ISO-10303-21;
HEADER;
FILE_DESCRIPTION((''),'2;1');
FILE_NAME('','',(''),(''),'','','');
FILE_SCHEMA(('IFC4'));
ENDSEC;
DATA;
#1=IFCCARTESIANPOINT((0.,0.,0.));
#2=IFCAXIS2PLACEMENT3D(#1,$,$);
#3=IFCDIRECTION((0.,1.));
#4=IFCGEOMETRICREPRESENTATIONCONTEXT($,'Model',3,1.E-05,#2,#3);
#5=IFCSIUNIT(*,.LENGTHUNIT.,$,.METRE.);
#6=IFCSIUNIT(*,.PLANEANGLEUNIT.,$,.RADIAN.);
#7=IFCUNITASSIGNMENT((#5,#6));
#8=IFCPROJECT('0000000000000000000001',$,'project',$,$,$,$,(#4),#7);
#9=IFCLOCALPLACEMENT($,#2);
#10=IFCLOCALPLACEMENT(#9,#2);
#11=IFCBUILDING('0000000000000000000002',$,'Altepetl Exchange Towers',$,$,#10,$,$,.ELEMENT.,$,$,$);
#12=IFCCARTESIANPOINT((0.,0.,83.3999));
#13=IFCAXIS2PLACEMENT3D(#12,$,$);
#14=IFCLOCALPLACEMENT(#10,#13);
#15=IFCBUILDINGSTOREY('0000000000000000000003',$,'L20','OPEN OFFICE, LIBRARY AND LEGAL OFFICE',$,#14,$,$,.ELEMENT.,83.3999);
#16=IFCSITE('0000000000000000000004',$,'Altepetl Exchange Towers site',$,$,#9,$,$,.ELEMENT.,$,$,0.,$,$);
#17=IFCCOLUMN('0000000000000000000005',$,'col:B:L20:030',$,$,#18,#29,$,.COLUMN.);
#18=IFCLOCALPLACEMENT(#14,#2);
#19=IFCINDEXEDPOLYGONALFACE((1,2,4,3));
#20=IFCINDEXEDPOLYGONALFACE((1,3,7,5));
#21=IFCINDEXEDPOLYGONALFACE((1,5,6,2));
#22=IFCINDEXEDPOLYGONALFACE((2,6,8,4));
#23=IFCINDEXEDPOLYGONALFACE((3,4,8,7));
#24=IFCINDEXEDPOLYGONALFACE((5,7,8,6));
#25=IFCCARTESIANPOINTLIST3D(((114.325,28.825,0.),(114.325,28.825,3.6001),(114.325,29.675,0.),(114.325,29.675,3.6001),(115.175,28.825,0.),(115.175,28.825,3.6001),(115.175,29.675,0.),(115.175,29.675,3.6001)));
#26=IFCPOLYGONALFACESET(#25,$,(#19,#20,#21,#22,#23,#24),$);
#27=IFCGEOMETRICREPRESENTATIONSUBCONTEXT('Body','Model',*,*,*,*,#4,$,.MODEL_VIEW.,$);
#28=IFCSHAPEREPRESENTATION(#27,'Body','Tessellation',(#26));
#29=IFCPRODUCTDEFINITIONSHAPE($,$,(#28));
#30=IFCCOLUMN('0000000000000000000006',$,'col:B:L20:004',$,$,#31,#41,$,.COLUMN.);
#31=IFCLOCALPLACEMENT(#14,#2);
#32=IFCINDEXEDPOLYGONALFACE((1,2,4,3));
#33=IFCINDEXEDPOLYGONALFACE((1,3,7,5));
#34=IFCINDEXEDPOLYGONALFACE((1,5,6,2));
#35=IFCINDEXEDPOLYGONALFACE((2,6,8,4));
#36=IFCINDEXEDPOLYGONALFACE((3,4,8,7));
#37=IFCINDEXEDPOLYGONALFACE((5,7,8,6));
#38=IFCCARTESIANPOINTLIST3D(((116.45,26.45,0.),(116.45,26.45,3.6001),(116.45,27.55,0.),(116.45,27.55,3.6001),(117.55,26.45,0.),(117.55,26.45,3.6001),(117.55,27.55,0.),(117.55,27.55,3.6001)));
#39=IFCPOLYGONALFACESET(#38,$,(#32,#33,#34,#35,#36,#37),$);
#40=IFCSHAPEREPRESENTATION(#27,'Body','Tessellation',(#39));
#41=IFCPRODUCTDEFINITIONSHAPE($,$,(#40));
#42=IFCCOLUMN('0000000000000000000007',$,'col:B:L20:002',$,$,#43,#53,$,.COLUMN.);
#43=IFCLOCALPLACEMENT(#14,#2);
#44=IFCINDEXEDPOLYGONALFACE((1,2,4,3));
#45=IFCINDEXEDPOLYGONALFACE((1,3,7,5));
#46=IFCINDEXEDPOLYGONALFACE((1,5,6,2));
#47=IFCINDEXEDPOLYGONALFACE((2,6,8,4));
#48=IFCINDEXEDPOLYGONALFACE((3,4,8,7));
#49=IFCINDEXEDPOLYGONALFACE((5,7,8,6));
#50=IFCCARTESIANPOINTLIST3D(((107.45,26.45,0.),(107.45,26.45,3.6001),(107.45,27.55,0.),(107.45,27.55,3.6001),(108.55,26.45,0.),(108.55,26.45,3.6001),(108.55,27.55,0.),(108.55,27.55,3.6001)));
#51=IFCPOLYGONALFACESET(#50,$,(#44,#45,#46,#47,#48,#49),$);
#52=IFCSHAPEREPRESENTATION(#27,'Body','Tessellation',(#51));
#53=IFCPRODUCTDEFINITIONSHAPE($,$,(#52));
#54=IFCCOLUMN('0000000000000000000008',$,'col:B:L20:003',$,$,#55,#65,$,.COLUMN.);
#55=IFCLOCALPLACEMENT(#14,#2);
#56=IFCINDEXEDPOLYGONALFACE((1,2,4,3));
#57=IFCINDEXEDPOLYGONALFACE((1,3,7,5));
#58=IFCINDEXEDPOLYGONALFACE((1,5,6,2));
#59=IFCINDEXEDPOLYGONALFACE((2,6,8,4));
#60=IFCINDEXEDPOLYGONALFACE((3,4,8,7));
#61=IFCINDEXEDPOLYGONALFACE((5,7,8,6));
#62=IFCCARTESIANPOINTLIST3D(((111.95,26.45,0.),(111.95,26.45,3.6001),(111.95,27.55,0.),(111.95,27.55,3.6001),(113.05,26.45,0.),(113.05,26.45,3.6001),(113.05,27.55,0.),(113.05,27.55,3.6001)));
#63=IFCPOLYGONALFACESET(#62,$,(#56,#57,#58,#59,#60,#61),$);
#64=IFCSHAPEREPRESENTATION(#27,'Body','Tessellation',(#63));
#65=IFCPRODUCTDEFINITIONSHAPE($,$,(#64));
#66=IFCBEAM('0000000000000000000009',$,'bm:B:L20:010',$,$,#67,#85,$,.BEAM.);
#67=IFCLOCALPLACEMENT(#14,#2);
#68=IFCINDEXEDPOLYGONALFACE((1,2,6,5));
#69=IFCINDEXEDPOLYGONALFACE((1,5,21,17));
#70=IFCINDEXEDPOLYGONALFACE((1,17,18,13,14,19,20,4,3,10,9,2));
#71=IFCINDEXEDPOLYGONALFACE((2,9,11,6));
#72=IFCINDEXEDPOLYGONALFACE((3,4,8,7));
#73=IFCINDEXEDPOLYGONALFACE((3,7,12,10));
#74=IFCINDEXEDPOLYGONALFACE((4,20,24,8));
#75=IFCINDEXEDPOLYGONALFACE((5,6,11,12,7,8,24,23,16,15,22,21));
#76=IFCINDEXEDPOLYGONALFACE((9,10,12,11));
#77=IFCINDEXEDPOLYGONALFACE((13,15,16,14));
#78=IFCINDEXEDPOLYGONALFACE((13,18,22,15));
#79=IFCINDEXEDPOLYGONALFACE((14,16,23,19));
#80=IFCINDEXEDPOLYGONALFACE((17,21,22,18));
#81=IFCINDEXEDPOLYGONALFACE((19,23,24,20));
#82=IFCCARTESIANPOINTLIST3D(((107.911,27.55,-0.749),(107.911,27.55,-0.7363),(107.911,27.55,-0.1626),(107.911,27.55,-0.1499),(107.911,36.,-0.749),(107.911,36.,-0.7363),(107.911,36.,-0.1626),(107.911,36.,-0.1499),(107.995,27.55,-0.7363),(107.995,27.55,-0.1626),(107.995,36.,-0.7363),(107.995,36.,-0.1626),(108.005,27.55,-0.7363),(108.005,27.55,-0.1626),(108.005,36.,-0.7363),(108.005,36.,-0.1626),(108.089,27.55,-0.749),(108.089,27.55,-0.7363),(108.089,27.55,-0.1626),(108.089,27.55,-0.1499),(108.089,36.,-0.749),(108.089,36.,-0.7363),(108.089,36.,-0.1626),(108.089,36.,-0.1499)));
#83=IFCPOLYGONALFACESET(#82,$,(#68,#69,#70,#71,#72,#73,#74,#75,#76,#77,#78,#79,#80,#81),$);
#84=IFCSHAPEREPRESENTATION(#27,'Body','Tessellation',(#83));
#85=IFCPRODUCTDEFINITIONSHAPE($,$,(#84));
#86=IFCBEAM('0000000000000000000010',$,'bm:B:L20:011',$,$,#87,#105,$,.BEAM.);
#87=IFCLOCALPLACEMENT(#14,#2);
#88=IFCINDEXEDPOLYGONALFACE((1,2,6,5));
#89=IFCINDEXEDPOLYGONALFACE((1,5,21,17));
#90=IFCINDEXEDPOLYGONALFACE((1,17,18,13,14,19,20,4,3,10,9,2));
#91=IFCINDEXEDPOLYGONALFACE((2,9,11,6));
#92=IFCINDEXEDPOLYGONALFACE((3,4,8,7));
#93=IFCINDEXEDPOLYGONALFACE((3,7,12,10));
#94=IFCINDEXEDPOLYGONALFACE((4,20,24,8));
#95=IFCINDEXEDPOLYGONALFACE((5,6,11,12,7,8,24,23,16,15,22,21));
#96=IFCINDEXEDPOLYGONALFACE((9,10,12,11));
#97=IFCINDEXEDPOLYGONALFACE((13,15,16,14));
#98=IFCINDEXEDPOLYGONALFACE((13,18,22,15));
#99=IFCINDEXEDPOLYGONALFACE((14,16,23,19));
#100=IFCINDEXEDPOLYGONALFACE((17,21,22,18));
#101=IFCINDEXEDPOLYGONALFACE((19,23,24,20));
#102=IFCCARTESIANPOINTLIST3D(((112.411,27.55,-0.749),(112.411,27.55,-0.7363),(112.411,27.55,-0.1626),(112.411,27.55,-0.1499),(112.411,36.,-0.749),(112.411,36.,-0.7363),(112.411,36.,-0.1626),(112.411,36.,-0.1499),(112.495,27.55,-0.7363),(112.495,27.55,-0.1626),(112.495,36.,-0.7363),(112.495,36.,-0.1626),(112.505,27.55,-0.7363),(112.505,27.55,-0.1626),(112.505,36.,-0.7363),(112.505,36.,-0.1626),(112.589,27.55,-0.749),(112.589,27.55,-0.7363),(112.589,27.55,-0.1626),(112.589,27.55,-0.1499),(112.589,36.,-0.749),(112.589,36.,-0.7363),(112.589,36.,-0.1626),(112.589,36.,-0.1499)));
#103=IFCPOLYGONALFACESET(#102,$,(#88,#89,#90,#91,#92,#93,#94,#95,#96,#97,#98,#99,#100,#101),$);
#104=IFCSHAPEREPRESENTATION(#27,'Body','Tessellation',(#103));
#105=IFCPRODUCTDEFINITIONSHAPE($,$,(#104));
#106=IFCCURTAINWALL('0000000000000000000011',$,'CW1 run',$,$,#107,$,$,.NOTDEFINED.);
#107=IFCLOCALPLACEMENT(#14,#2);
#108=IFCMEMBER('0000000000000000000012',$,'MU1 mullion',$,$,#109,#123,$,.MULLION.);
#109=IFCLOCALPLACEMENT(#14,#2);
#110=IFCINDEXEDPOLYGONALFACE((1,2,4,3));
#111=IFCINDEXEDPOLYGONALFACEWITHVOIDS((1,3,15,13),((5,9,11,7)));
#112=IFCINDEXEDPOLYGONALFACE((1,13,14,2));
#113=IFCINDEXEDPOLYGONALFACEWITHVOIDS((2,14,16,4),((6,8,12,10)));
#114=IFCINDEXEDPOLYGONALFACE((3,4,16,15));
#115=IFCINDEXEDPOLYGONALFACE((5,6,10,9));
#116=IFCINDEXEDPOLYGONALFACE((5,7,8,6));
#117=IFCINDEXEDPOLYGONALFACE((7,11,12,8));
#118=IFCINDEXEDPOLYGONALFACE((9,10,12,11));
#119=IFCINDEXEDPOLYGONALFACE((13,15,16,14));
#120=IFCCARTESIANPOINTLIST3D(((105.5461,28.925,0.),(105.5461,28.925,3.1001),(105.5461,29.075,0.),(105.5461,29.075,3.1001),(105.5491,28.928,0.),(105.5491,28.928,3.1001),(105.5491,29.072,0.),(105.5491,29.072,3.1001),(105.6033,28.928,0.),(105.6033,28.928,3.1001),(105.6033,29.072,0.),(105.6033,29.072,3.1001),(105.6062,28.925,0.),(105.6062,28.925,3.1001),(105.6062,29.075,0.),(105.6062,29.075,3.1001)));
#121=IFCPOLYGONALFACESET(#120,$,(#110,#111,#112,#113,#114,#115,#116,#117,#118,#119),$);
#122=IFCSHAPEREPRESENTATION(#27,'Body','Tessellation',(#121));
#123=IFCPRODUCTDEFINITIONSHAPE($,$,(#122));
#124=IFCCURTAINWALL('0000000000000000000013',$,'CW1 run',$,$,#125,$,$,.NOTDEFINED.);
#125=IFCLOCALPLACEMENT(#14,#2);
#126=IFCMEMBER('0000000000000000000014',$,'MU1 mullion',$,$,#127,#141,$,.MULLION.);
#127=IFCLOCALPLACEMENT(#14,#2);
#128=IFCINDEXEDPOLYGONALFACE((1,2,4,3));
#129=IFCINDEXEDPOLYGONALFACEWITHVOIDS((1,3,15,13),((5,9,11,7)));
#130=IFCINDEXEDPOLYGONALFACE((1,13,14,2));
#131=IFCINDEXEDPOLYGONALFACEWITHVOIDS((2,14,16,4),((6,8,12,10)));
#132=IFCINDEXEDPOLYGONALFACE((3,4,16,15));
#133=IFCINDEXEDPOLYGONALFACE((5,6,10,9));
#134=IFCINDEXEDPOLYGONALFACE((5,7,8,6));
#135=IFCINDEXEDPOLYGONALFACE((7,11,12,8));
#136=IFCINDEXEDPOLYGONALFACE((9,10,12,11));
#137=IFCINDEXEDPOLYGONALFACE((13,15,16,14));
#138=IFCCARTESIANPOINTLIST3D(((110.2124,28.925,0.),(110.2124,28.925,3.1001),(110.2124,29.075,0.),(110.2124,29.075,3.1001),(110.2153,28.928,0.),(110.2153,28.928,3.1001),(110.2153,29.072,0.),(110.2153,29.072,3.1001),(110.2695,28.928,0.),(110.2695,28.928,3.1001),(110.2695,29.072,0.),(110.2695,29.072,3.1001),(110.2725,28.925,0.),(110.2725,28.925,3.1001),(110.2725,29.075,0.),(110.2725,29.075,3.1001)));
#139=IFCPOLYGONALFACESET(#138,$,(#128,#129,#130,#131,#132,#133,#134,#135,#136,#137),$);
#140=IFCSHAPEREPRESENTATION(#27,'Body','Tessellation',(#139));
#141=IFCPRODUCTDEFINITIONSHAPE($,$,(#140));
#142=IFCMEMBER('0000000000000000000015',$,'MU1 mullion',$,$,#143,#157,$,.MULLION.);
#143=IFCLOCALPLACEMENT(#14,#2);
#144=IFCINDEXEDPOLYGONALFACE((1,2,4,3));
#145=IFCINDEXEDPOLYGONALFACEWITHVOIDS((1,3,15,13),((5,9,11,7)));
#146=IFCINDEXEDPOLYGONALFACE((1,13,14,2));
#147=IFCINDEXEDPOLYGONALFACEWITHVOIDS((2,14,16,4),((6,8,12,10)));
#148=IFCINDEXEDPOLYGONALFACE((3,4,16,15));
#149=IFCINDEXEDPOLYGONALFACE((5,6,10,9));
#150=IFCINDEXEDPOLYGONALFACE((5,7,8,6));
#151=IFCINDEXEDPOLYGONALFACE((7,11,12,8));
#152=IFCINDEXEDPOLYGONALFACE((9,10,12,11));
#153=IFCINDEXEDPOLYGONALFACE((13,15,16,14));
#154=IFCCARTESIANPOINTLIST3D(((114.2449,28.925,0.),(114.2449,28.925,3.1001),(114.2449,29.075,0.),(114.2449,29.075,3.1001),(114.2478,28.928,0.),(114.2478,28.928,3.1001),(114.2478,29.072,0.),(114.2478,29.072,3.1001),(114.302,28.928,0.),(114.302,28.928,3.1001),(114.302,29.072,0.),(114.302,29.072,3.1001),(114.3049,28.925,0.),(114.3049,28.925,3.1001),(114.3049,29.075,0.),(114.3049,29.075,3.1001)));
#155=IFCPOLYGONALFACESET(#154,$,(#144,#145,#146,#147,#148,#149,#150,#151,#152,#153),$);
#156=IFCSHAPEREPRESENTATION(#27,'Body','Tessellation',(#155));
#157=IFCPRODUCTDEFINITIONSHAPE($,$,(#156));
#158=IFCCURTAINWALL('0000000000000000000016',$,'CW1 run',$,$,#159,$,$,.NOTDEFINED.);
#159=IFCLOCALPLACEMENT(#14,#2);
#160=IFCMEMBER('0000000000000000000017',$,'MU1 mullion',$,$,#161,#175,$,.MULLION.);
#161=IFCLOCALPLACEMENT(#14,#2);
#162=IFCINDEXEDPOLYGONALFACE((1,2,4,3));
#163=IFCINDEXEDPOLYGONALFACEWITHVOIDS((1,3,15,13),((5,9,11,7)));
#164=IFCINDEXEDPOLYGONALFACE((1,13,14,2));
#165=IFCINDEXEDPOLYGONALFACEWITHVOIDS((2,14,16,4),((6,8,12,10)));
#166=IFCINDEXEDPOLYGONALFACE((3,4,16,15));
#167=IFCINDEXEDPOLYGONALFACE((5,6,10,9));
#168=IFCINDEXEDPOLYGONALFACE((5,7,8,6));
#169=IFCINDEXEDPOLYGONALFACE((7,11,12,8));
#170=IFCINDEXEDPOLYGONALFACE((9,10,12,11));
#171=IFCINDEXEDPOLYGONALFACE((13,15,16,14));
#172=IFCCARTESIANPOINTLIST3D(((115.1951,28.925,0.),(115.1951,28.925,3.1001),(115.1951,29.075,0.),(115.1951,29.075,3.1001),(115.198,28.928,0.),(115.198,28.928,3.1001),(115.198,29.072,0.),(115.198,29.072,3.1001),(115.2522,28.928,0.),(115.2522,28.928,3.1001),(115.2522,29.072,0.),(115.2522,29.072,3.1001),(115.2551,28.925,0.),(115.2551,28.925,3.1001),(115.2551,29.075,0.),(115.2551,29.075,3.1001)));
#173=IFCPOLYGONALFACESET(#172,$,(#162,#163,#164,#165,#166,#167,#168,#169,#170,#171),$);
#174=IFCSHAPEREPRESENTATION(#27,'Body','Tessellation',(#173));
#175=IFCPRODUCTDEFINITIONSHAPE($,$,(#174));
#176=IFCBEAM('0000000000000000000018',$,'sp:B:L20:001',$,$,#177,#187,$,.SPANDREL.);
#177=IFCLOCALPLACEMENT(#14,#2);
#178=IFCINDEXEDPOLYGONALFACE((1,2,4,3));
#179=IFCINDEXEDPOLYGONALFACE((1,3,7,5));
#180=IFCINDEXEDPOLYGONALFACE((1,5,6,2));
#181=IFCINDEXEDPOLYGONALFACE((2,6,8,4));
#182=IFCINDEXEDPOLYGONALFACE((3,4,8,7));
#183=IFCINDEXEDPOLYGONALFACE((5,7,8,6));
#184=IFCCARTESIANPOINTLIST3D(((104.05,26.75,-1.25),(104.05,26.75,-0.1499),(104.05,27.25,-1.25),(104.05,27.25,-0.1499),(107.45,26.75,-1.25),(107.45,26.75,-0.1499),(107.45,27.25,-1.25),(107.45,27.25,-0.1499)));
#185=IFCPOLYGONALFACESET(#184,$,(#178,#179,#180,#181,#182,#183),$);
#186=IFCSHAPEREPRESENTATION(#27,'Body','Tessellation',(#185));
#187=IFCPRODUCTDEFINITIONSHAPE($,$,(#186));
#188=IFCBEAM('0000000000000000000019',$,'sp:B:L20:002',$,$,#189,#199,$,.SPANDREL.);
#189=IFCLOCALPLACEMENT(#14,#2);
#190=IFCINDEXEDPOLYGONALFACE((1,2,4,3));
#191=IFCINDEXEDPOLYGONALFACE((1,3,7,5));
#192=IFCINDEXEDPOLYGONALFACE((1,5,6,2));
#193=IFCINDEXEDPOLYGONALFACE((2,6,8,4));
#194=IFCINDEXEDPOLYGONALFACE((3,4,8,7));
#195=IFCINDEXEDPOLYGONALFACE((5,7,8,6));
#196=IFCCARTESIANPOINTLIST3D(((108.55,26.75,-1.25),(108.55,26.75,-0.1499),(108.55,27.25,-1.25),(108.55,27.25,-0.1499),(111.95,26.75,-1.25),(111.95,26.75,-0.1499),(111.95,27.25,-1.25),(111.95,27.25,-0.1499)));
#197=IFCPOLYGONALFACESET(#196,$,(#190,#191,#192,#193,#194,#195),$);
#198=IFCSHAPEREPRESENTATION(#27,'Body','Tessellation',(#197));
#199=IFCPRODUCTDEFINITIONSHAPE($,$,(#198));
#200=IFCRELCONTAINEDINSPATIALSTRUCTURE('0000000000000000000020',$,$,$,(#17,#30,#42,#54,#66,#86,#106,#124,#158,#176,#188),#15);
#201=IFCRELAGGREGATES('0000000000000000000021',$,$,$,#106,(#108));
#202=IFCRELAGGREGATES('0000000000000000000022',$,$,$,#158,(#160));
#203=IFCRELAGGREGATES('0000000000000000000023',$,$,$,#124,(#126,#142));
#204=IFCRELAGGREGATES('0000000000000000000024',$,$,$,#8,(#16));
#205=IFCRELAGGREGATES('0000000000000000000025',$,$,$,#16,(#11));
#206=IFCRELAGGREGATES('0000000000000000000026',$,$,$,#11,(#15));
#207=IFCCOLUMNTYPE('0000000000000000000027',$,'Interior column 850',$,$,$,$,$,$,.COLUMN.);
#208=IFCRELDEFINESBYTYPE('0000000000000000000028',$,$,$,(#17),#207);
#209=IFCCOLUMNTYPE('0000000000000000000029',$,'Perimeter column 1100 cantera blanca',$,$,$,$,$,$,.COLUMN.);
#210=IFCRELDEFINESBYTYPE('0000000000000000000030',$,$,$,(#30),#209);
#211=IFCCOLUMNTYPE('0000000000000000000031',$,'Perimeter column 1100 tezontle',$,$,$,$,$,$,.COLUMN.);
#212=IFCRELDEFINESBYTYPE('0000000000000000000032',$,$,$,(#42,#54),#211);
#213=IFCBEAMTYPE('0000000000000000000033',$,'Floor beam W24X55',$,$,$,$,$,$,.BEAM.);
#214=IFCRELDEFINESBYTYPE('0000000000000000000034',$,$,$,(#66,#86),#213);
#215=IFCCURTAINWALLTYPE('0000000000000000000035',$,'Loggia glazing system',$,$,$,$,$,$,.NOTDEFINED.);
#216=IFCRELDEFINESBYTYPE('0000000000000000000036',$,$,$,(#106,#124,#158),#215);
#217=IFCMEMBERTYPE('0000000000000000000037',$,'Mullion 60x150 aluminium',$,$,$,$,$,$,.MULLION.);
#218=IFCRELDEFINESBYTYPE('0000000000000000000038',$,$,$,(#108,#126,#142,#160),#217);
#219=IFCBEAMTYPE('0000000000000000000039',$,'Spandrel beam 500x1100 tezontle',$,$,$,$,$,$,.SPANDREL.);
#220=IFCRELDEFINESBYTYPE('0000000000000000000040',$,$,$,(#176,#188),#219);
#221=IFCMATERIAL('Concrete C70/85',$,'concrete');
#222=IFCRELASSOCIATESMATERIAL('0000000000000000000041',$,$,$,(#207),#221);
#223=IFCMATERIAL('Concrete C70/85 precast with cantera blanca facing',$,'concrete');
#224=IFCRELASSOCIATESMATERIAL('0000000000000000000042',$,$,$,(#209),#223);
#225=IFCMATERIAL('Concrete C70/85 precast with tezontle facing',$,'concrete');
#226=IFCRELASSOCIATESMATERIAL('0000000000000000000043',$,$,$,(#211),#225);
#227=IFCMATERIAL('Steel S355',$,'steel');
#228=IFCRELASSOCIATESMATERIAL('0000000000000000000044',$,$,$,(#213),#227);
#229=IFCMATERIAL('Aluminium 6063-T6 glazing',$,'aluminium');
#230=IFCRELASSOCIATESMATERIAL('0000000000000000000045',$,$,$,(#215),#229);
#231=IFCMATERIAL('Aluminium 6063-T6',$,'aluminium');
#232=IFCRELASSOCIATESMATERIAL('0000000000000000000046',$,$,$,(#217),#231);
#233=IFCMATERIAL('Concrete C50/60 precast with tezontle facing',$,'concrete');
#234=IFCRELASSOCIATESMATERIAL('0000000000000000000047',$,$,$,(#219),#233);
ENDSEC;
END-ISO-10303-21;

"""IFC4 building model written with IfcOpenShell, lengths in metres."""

from ifc_helpers import new_model, si_unit, direction, frame, origin, origin_2d, place, context, subcontext, project, spatial, rectangle, hollow_rectangle, i_section, extrude, material, material_profile, profile_set, type_object, element, aggregate, save


model = new_model("IFC4")

# Units and contexts
model_context = context("Model", 3, precision=1e-05, world=origin(), true_north=direction((0.0, 1.0)))
body_context = subcontext(model_context, "Body", "Model", "MODEL_VIEW")
ifc_project = project(units=[si_unit("LENGTHUNIT", "METRE"), si_unit("PLANEANGLEUNIT", "RADIAN")], contexts=[model_context])

# Site, building, storey
site_placement = place(None, origin())
site = spatial("IfcSite", under=ifc_project, at=site_placement, Name="Altepetl Exchange Towers site", CompositionType="ELEMENT", RefElevation=0.0)
building_placement = place(site_placement, origin())
building = spatial("IfcBuilding", under=site, at=building_placement, Name="Altepetl Exchange Towers", CompositionType="ELEMENT")
storey_placement = place(building_placement, frame((0.0, 0.0, 83.3999)))
storey = spatial("IfcBuildingStorey", under=building, at=storey_placement, Name="L20", Description="OPEN OFFICE, LIBRARY AND LEGAL OFFICE", CompositionType="ELEMENT", Elevation=83.3999)

# Columns
ifc_material_1 = material(Name="Concrete C70/85", Category="concrete")
ifc_material_profile_1 = material_profile(ifc_material_1, rectangle(XDim=0.8501, YDim=0.8501, at=origin_2d()), Name="850 x 850")
ifc_profile_set_1 = profile_set([ifc_material_profile_1], Name="Concrete C70/85")
column_type_1 = type_object("IfcColumnType", Name="Interior column 850", PredefinedType="COLUMN", material=ifc_profile_set_1)
column_1_placement = place(storey_placement, frame((114.75, 29.25, 0.0)))
element("IfcColumn", 1, at=column_1_placement, inside=storey, type_object=column_type_1, Name="col:B:L20:030", PredefinedType="COLUMN", context=body_context, shape_type="SweptSolid", body=[
    extrude(rectangle(XDim=0.8501, YDim=0.8501, at=origin_2d()), origin(), (0.0, 0.0, 1.0), 3.6001),
])
ifc_material_2 = material(Name="Concrete C70/85 precast with cantera blanca facing", Category="concrete")
ifc_material_profile_2 = material_profile(ifc_material_2, rectangle(XDim=1.1001, YDim=1.1001, at=origin_2d()), Name="1100 x 1100")
ifc_profile_set_2 = profile_set([ifc_material_profile_2], Name="Concrete C70/85 precast with cantera blanca facing")
column_type_2 = type_object("IfcColumnType", Name="Perimeter column 1100 cantera blanca", PredefinedType="COLUMN", material=ifc_profile_set_2)
column_2_placement = place(storey_placement, frame((117.0, 27.0, 0.0)))
element("IfcColumn", 2, at=column_2_placement, inside=storey, type_object=column_type_2, Name="col:B:L20:004", PredefinedType="COLUMN", context=body_context, shape_type="SweptSolid", body=[
    extrude(rectangle(XDim=1.1001, YDim=1.1001, at=origin_2d()), origin(), (0.0, 0.0, 1.0), 3.6001),
])
ifc_material_3 = material(Name="Concrete C70/85 precast with tezontle facing", Category="concrete")
ifc_material_profile_3 = material_profile(ifc_material_3, rectangle(XDim=1.1001, YDim=1.1001, at=origin_2d()), Name="1100 x 1100")
ifc_profile_set_3 = profile_set([ifc_material_profile_3], Name="Concrete C70/85 precast with tezontle facing")
column_type_3 = type_object("IfcColumnType", Name="Perimeter column 1100 tezontle", PredefinedType="COLUMN", material=ifc_profile_set_3)
for number, where, name in (
    (3, (108.0, 27.0, 0.0), "col:B:L20:002"),
    (4, (112.5, 27.0, 0.0), "col:B:L20:003"),
):
    element("IfcColumn", number, at=place(storey_placement, frame(where)), inside=storey, type_object=column_type_3, Name=name, PredefinedType="COLUMN", context=body_context, shape_type="SweptSolid", body=[
        extrude(rectangle(XDim=1.1001, YDim=1.1001, at=origin_2d()), origin(), (0.0, 0.0, 1.0), 3.6001),
    ])

# Beams
ifc_material_4 = material(Name="Steel S355", Category="steel")
ifc_material_profile_4 = material_profile(ifc_material_4, i_section(OverallWidth=0.178, OverallDepth=0.5991, WebThickness=0.01, FlangeThickness=0.0127, at=origin_2d()), Name="W24X55")
ifc_profile_set_4 = profile_set([ifc_material_profile_4], Name="Steel S355")
beam_type_1 = type_object("IfcBeamType", Name="Floor beam W24X55", PredefinedType="BEAM", material=ifc_profile_set_4)
for number, where, z_axis, x_axis, name in (
    (5, (108.0, 27.55, -0.4495), (0.0, 1.0, 0.0), (-1.0, 0.0, 0.0), "bm:B:L20:010"),
    (6, (112.5, 27.55, -0.4495), (0.0, 1.0, 0.0), (-1.0, 0.0, 0.0), "bm:B:L20:011"),
):
    element("IfcBeam", number, at=place(storey_placement, frame(where, z_axis=z_axis, x_axis=x_axis)), inside=storey, type_object=beam_type_1, Name=name, PredefinedType="BEAM", context=body_context, shape_type="SweptSolid", body=[
        extrude(i_section(OverallWidth=0.178, OverallDepth=0.5991, WebThickness=0.01, FlangeThickness=0.0127, at=origin_2d()), origin(), (0.0, 0.0, 1.0), 8.45),
    ])

# Curtain wall, member
ifc_material_5 = material(Name="Aluminium 6063-T6 glazing", Category="aluminium")
curtain_wall_type = type_object("IfcCurtainWallType", Name="Loggia glazing system", PredefinedType="NOTDEFINED", material=ifc_material_5)
curtain_wall_1_placement = place(storey_placement, origin())
curtain_wall_1 = element("IfcCurtainWall", 7, at=curtain_wall_1_placement, inside=storey, type_object=curtain_wall_type, Name="CW1 run", PredefinedType="NOTDEFINED")
ifc_material_6 = material(Name="Aluminium 6063-T6", Category="aluminium")
ifc_material_profile_5 = material_profile(ifc_material_6, hollow_rectangle(XDim=0.0601, YDim=0.1499, WallThickness=0.0029, at=origin_2d()), Name="Mullion 60x150 aluminium")
ifc_profile_set_5 = profile_set([ifc_material_profile_5], Name="Aluminium 6063-T6")
member_type = type_object("IfcMemberType", Name="Mullion 60x150 aluminium", PredefinedType="MULLION", material=ifc_profile_set_5)
member_1_placement = place(storey_placement, frame((105.5762, 29.0, 0.0)))
member_1 = element("IfcMember", 8, at=member_1_placement, type_object=member_type, Name="MU1 mullion", PredefinedType="MULLION", context=body_context, shape_type="SweptSolid", body=[
    extrude(hollow_rectangle(XDim=0.0601, YDim=0.1499, WallThickness=0.0029, at=origin_2d()), origin(), (0.0, 0.0, 1.0), 3.1001),
])
aggregate(curtain_wall_1, [member_1])

# Curtain wall, members
curtain_wall_2_placement = place(storey_placement, origin())
curtain_wall_2 = element("IfcCurtainWall", 9, at=curtain_wall_2_placement, inside=storey, type_object=curtain_wall_type, Name="CW1 run", PredefinedType="NOTDEFINED")
member_2_placement = place(storey_placement, frame((110.2424, 29.0, 0.0)))
member_2 = element("IfcMember", 10, at=member_2_placement, type_object=member_type, Name="MU1 mullion", PredefinedType="MULLION", context=body_context, shape_type="SweptSolid", body=[
    extrude(hollow_rectangle(XDim=0.0601, YDim=0.1499, WallThickness=0.0029, at=origin_2d()), origin(), (0.0, 0.0, 1.0), 3.1001),
])
member_3_placement = place(storey_placement, frame((114.2749, 29.0, 0.0)))
member_3 = element("IfcMember", 11, at=member_3_placement, type_object=member_type, Name="MU1 mullion", PredefinedType="MULLION", context=body_context, shape_type="SweptSolid", body=[
    extrude(hollow_rectangle(XDim=0.0601, YDim=0.1499, WallThickness=0.0029, at=origin_2d()), origin(), (0.0, 0.0, 1.0), 3.1001),
])

# Curtain wall, member
curtain_wall_3_placement = place(storey_placement, origin())
curtain_wall_3 = element("IfcCurtainWall", 12, at=curtain_wall_3_placement, inside=storey, type_object=curtain_wall_type, Name="CW1 run", PredefinedType="NOTDEFINED")
member_4_placement = place(storey_placement, frame((115.2251, 29.0, 0.0)))
member_4 = element("IfcMember", 13, at=member_4_placement, type_object=member_type, Name="MU1 mullion", PredefinedType="MULLION", context=body_context, shape_type="SweptSolid", body=[
    extrude(hollow_rectangle(XDim=0.0601, YDim=0.1499, WallThickness=0.0029, at=origin_2d()), origin(), (0.0, 0.0, 1.0), 3.1001),
])
aggregate(curtain_wall_3, [member_4])

# Beams
ifc_material_7 = material(Name="Concrete C50/60 precast with tezontle facing", Category="concrete")
ifc_material_profile_6 = material_profile(ifc_material_7, rectangle(XDim=0.5, YDim=1.1001, at=origin_2d()), Name="500 x 1100")
ifc_profile_set_6 = profile_set([ifc_material_profile_6], Name="Concrete C50/60 precast with tezontle facing")
beam_type_2 = type_object("IfcBeamType", Name="Spandrel beam 500x1100 tezontle", PredefinedType="SPANDREL", material=ifc_profile_set_6)
for number, where, z_axis, x_axis, name in (
    (14, (104.05, 27.0, -0.7), (1.0, 0.0, 0.0), (0.0, 1.0, 0.0), "sp:B:L20:001"),
    (15, (108.55, 27.0, -0.7), (1.0, 0.0, 0.0), (0.0, 1.0, 0.0), "sp:B:L20:002"),
):
    element("IfcBeam", number, at=place(storey_placement, frame(where, z_axis=z_axis, x_axis=x_axis)), inside=storey, type_object=beam_type_2, Name=name, PredefinedType="SPANDREL", context=body_context, shape_type="SweptSolid", body=[
        extrude(rectangle(XDim=0.5, YDim=1.1001, at=origin_2d()), origin(), (0.0, 0.0, 1.0), 3.3999),
    ])

aggregate(curtain_wall_2, [member_2, member_3])

save(model, "model.ifc")
